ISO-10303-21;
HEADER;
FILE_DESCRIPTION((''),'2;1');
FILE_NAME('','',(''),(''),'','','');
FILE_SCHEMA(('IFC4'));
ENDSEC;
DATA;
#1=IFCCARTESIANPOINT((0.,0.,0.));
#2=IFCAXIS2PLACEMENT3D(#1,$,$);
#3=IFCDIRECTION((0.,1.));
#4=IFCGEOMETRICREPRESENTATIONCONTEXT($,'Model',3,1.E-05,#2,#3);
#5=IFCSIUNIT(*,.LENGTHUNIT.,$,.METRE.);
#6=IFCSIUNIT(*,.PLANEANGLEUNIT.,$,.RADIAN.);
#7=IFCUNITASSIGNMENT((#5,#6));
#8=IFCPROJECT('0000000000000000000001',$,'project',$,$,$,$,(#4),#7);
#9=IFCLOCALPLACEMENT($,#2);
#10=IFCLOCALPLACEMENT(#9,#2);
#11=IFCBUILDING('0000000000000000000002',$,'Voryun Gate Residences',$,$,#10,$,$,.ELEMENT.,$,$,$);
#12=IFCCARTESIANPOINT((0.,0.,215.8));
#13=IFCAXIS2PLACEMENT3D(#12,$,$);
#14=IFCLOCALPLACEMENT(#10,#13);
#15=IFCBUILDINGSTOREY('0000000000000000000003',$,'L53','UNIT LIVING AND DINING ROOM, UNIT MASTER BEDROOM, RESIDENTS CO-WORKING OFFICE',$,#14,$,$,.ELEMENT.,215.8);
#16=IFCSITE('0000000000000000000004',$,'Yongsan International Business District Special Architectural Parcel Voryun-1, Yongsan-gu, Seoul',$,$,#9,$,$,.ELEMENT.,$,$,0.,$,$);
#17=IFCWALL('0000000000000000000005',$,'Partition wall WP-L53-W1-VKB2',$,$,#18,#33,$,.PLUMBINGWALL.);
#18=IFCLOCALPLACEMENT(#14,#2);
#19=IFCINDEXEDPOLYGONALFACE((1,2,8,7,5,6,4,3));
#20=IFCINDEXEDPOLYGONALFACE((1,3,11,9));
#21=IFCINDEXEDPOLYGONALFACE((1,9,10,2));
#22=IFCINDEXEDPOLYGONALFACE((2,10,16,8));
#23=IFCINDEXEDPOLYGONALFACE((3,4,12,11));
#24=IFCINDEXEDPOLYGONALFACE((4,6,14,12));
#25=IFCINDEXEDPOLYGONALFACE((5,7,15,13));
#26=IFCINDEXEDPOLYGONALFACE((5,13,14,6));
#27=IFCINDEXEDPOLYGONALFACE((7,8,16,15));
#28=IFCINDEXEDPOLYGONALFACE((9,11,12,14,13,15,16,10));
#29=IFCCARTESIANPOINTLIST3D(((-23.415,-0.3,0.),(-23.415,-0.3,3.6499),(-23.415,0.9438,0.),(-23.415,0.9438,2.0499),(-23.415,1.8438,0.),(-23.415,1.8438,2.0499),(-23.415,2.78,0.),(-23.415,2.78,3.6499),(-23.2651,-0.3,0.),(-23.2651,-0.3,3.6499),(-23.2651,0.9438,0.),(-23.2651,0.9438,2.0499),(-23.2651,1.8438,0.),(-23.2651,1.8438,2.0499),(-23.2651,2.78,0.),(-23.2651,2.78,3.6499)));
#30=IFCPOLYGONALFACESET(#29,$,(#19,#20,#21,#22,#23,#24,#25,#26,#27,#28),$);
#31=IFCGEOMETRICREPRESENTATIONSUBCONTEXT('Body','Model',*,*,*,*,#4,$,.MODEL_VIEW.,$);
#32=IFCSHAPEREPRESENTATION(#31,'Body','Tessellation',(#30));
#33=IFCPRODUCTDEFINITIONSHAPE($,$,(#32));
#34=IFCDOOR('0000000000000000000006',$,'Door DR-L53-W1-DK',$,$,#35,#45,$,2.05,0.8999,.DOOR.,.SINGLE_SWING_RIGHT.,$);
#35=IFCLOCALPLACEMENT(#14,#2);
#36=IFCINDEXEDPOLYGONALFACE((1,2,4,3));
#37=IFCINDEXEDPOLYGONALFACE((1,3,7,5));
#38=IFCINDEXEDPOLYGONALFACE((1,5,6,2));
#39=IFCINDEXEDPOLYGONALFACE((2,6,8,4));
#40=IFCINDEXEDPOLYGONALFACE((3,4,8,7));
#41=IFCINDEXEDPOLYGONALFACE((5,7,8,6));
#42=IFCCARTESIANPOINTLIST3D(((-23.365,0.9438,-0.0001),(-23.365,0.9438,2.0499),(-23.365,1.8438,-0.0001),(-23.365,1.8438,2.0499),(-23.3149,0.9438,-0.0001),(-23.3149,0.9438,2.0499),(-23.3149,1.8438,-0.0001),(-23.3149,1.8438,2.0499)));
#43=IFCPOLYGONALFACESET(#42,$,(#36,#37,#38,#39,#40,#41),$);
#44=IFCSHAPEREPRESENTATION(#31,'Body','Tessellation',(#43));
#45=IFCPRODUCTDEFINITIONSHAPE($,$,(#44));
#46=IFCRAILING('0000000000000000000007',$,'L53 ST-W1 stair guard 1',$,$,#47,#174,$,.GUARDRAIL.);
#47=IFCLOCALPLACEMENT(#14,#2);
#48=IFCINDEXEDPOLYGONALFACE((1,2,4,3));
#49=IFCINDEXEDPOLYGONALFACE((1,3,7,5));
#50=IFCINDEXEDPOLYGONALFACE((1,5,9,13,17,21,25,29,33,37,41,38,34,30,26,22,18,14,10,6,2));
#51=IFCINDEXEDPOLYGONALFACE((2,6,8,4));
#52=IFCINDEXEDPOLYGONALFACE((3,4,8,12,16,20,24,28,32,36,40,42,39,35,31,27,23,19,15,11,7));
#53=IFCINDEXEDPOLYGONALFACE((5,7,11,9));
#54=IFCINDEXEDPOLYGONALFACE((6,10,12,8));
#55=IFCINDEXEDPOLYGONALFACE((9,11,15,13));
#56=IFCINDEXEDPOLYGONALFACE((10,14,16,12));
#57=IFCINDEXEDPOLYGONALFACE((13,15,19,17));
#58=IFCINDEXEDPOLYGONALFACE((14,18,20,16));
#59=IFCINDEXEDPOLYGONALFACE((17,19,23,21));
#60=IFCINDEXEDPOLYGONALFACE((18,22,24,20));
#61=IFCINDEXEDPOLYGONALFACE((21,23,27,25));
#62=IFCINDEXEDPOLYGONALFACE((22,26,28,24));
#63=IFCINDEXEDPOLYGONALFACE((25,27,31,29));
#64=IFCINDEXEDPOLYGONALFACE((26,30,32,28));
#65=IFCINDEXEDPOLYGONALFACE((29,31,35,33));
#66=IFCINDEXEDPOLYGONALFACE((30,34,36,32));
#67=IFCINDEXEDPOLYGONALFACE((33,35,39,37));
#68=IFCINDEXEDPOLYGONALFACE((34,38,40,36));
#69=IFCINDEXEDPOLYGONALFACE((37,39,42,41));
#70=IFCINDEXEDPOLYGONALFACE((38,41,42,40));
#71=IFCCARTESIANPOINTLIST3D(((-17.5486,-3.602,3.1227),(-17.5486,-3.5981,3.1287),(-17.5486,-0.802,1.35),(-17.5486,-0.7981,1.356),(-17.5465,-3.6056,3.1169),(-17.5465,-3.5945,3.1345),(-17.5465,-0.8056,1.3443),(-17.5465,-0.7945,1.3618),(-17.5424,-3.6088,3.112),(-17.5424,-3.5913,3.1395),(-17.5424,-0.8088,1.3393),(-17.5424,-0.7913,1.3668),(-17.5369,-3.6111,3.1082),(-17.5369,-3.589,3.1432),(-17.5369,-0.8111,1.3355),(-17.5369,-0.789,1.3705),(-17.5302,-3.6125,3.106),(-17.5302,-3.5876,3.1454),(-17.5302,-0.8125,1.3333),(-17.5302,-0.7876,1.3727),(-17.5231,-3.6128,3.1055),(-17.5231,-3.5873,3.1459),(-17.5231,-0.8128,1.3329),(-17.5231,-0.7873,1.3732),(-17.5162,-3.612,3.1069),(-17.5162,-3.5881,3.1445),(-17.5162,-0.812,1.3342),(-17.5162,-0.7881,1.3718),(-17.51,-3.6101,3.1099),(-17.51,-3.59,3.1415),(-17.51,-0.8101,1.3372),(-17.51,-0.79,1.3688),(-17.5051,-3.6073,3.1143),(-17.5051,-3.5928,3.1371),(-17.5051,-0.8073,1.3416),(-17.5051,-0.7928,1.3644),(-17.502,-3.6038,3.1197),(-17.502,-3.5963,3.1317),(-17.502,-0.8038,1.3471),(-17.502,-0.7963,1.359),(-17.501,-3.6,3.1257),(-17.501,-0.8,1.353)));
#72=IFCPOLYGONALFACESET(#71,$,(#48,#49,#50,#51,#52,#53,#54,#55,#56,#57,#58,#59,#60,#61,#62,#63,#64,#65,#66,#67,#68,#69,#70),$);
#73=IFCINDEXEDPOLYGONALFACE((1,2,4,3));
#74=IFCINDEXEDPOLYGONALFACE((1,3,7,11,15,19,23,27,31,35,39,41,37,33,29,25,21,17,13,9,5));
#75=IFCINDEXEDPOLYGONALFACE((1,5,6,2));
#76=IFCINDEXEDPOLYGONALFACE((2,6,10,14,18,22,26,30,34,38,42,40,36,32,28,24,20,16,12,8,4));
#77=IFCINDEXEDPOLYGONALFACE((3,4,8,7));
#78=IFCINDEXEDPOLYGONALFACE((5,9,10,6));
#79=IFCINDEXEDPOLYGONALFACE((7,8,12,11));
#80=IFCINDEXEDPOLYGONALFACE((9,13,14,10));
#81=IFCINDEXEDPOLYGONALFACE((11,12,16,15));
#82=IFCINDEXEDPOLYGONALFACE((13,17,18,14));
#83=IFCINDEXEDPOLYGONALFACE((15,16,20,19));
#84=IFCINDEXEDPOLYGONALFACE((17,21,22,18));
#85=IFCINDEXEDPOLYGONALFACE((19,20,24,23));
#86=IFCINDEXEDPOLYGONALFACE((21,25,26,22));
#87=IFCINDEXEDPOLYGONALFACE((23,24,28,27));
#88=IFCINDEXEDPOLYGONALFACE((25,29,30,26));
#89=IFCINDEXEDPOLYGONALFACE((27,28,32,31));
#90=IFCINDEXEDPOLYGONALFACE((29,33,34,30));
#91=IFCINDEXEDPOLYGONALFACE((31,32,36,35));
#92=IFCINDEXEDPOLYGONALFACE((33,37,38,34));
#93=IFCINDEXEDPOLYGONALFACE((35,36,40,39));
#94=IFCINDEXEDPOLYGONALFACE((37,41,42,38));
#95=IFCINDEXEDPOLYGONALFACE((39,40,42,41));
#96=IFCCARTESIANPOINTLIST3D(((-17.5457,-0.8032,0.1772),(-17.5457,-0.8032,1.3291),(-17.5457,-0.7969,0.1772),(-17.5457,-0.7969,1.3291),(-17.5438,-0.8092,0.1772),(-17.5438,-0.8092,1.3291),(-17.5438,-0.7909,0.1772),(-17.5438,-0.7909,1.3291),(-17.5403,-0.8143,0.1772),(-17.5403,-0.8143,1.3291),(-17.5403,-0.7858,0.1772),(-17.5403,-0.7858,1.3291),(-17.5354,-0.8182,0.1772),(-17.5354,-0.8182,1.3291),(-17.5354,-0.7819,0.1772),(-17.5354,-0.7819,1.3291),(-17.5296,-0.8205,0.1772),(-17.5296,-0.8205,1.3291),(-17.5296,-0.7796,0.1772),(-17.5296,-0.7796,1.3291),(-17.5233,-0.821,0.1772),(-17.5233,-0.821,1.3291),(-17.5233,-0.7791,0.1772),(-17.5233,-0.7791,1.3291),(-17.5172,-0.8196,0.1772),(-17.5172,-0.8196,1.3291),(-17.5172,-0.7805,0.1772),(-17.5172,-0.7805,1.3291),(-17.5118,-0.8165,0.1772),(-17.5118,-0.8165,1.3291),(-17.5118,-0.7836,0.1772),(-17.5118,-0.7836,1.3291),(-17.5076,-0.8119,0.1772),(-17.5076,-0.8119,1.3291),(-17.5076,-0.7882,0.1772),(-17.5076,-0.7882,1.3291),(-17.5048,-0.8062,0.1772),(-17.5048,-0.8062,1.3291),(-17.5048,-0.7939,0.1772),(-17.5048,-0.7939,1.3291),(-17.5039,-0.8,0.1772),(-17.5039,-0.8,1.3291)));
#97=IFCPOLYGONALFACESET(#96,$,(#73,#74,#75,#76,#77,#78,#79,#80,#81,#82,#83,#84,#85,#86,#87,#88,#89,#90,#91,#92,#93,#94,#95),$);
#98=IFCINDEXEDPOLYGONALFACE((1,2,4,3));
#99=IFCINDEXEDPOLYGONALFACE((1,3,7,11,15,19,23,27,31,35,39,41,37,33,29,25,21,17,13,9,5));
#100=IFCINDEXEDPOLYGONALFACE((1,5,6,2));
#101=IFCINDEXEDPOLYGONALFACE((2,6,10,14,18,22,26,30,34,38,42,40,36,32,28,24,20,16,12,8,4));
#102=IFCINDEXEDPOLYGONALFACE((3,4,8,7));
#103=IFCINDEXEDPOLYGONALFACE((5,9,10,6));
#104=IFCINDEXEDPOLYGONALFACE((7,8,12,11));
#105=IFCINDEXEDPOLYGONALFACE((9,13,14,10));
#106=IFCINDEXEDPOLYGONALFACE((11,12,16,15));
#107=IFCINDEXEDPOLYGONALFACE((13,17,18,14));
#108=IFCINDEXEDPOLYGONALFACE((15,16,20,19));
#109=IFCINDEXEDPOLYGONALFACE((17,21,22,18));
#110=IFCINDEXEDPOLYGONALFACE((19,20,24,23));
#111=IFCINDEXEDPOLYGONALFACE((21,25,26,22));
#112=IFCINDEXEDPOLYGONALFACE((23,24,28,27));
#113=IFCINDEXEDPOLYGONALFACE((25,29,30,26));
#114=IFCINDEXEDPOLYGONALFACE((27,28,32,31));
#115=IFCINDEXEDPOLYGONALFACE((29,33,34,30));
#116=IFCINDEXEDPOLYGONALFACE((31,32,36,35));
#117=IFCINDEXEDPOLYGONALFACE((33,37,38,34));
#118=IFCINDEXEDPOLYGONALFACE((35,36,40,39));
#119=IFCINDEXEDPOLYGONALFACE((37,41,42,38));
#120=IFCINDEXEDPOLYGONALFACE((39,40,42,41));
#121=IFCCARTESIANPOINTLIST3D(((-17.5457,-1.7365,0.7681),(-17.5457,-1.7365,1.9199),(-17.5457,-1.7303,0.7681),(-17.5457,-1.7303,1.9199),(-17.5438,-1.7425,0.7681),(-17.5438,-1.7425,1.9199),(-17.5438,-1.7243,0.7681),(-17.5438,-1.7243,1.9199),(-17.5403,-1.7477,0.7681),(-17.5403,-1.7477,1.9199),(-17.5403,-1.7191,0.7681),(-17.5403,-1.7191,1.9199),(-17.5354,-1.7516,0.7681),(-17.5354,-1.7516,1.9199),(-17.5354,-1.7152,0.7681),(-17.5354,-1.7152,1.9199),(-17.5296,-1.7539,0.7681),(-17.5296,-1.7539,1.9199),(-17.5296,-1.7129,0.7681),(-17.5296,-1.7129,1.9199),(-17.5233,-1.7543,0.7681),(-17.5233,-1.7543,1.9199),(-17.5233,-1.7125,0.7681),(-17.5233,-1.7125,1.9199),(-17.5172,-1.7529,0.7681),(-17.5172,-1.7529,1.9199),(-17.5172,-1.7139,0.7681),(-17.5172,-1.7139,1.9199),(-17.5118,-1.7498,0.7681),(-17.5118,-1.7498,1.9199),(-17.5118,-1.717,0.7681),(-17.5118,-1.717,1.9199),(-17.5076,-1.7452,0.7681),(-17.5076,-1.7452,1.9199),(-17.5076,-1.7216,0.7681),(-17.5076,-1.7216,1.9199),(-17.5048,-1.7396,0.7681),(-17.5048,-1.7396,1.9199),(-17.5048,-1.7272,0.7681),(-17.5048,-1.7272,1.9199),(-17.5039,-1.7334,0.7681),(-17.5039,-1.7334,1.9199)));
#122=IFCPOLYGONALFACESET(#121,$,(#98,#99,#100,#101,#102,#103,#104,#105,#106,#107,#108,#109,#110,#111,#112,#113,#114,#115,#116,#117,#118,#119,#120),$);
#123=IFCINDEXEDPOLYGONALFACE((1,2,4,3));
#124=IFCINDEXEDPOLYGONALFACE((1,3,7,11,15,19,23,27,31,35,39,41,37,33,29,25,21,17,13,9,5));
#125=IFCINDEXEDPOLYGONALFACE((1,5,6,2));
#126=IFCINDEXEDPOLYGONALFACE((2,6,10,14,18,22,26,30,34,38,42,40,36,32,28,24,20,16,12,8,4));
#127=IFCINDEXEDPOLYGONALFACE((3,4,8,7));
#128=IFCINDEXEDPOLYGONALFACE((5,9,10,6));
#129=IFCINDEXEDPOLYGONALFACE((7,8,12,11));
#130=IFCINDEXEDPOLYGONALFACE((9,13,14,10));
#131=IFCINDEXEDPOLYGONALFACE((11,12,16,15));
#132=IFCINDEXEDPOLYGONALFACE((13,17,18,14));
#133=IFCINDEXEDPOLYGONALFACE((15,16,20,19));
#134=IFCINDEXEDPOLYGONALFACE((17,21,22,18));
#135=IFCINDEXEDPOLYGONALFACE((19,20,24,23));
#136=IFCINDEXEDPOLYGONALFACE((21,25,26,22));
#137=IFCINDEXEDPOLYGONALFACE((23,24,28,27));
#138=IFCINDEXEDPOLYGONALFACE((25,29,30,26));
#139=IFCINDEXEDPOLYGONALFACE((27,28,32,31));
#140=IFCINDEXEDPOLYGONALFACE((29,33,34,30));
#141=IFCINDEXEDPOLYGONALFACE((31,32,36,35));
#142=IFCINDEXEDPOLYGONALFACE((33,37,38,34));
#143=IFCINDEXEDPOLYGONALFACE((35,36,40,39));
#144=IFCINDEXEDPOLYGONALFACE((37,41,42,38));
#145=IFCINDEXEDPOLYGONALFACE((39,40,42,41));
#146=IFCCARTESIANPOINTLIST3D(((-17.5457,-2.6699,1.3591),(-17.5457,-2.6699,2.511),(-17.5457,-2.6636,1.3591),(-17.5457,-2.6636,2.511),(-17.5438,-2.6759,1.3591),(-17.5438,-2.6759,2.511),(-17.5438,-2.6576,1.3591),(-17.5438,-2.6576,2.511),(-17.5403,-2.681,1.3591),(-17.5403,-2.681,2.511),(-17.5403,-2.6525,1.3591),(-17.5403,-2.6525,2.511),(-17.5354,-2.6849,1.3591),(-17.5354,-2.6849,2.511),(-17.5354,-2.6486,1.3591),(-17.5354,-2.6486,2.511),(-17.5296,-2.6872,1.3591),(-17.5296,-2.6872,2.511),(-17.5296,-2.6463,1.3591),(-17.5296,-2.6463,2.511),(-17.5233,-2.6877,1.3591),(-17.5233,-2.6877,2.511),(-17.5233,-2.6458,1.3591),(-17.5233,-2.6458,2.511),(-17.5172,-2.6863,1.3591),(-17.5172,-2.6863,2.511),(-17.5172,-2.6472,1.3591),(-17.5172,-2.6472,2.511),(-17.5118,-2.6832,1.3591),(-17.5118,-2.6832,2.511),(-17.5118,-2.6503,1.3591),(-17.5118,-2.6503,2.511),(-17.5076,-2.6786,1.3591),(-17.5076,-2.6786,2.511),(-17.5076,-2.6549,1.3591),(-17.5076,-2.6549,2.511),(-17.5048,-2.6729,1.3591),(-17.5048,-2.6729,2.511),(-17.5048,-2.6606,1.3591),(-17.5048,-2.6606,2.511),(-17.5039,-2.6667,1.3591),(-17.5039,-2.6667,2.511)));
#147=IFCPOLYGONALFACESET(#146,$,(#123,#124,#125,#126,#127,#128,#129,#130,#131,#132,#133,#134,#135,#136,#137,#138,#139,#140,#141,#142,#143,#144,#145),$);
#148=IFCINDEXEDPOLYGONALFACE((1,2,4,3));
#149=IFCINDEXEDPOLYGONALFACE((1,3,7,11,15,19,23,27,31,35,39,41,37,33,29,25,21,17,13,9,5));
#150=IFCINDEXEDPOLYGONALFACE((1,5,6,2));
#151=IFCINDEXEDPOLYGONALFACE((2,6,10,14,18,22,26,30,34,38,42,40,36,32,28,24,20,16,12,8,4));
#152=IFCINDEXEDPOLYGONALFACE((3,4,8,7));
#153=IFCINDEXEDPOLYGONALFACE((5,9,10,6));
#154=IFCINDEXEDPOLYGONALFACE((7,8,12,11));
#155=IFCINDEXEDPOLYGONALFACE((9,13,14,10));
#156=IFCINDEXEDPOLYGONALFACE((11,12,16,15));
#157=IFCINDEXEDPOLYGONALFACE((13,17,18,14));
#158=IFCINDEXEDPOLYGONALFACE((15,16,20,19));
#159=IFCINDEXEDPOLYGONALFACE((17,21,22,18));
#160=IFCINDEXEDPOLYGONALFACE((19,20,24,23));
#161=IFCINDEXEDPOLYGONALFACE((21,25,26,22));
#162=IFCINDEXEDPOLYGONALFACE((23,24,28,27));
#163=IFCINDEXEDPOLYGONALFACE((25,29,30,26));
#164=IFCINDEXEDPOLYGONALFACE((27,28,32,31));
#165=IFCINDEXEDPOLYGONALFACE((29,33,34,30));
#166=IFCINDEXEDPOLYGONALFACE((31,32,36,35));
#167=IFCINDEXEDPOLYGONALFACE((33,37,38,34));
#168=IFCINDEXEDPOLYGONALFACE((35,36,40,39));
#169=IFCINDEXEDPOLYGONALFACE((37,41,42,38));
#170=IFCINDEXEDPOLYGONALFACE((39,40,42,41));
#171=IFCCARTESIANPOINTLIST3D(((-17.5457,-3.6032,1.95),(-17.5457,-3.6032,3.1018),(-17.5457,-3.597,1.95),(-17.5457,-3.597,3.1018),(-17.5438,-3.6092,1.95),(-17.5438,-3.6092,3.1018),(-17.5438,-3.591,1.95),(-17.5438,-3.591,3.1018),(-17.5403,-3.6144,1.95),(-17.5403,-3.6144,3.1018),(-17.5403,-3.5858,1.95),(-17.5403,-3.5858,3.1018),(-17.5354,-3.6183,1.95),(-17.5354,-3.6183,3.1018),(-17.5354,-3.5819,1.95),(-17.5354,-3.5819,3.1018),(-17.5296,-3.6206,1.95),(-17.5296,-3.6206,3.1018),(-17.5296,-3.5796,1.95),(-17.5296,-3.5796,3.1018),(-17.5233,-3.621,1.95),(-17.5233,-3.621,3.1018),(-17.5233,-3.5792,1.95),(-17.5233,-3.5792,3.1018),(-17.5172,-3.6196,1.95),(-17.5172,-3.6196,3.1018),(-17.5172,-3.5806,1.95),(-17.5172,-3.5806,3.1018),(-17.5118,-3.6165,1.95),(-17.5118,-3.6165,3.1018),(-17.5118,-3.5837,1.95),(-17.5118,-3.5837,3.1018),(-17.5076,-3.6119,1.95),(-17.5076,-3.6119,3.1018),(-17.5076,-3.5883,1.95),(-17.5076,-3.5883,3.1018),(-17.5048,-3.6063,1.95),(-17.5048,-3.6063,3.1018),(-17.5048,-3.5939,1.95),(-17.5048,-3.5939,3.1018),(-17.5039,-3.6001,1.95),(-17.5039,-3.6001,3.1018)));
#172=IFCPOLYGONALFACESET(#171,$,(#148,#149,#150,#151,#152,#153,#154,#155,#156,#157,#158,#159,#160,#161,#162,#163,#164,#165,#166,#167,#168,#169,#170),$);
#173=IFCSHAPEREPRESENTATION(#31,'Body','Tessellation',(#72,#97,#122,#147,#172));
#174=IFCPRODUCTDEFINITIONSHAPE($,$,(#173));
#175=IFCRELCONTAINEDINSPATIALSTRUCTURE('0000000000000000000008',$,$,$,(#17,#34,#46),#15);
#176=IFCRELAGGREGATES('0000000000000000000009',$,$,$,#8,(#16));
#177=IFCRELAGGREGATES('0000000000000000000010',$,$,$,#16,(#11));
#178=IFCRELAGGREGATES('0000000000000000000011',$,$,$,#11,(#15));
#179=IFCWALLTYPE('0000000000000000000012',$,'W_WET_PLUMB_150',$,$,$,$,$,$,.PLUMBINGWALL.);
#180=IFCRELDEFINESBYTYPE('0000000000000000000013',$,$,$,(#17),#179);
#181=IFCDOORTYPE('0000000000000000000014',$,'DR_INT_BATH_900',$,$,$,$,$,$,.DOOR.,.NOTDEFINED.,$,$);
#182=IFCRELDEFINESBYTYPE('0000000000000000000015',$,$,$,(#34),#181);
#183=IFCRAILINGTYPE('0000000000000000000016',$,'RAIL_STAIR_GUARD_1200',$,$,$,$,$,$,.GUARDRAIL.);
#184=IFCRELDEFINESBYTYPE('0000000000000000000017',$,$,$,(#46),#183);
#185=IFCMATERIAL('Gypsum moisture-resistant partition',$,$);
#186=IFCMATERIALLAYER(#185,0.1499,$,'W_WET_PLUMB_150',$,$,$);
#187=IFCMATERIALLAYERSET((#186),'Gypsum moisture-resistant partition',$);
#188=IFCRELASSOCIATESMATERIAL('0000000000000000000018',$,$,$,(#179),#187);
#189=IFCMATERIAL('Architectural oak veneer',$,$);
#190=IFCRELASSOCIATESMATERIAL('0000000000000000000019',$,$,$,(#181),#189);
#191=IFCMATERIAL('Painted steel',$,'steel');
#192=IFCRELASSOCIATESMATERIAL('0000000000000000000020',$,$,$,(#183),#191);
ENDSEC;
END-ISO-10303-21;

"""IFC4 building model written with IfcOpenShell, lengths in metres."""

from ifc_helpers import new_model, si_unit, direction, frame, frame_2d, origin, origin_2d, place, context, subcontext, project, spatial, rectangle, circle, extrude, material, layer, layer_set, type_object, element, fill, save


model = new_model("IFC4")

# Units and contexts
model_context = context("Model", 3, precision=1e-05, world=origin(), true_north=direction((0.0, 1.0)))
body_context = subcontext(model_context, "Body", "Model", "MODEL_VIEW")
ifc_project = project(units=[si_unit("LENGTHUNIT", "METRE"), si_unit("PLANEANGLEUNIT", "RADIAN")], contexts=[model_context])

# Site, building, storey
site_placement = place(None, origin())
site = spatial("IfcSite", under=ifc_project, at=site_placement, Name="Yongsan International Business District Special Architectural Parcel Voryun-1, Yongsan-gu, Seoul", CompositionType="ELEMENT", RefElevation=0.0)
building_placement = place(site_placement, origin())
building = spatial("IfcBuilding", under=site, at=building_placement, Name="Voryun Gate Residences", CompositionType="ELEMENT")
storey_placement = place(building_placement, frame((0.0, 0.0, 215.8)))
storey = spatial("IfcBuildingStorey", under=building, at=storey_placement, Name="L53", Description="UNIT LIVING AND DINING ROOM, UNIT MASTER BEDROOM, RESIDENTS CO-WORKING OFFICE", CompositionType="ELEMENT", Elevation=215.8)

# Shared definitions
ifc_material_1 = material(Name="Gypsum moisture-resistant partition")
ifc_layer_1 = layer(ifc_material_1, 0.1499, Name="W_WET_PLUMB_150")
ifc_layer_set_1 = layer_set([ifc_layer_1], Name="Gypsum moisture-resistant partition")
wall_type_1 = type_object("IfcWallType", Name="W_WET_PLUMB_150", PredefinedType="PLUMBINGWALL", material=ifc_layer_set_1)

# Wall, opening, door
wall_1_placement = place(storey_placement, frame((-23.3401, -0.3, 0.0), z_axis=(0.0, 0.0, 1.0), x_axis=(0.0, 1.0, 0.0)))
wall_1 = element("IfcWall", 1, at=wall_1_placement, inside=storey, type_object=wall_type_1, Name="Partition wall WP-L53-W1-VKB2", PredefinedType="PLUMBINGWALL", context=body_context, shape_type="SweptSolid", body=[
    extrude(rectangle(XDim=3.0801, YDim=0.1499, at=frame_2d((1.54, 0.0))), origin(), (0.0, 0.0, 1.0), 3.6499),
])
opening_1_placement = place(wall_1_placement, frame((1.2439, 0.0, 0.0)))
opening_1 = element("IfcOpeningElement", 2, at=opening_1_placement, cuts=wall_1, PredefinedType="OPENING", context=body_context, shape_type="SweptSolid", body=[
    extrude(rectangle(XDim=0.8999, YDim=2.05, at=frame_2d((0.45, 1.0249))), frame((0.0, 0.085, 0.0), z_axis=(0.0, -1.0, 0.0), x_axis=(1.0, 0.0, 0.0)), (0.0, 0.0, 1.0), 0.1699),
])
ifc_material_2 = material(Name="Architectural oak veneer")
door_type_1 = type_object("IfcDoorType", Name="DR_INT_BATH_900", OperationType="NOTDEFINED", PredefinedType="DOOR", material=ifc_material_2)
door_1_placement = place(opening_1_placement, origin())
door_1 = element("IfcDoor", 3, at=door_1_placement, inside=storey, type_object=door_type_1, Name="Door DR-L53-W1-DK", OperationType="SINGLE_SWING_RIGHT", OverallHeight=2.05, OverallWidth=0.8999, PredefinedType="DOOR", context=body_context, shape_type="SweptSolid", body=[
    extrude(rectangle(XDim=0.8999, YDim=2.05, at=frame_2d((0.45, 1.0249))), frame((0.0, 0.0249, 0.0), z_axis=(0.0, -1.0, 0.0), x_axis=(1.0, 0.0, 0.0)), (0.0, 0.0, 1.0), 0.05),
])
fill(opening_1, door_1)

# Railing
ifc_material_3 = material(Name="Painted steel", Category="steel")
railing_type = type_object("IfcRailingType", Name="RAIL_STAIR_GUARD_1200", PredefinedType="GUARDRAIL", material=ifc_material_3)
railing_1_placement = place(storey_placement, frame((-17.5249, -0.8, 0.1772)))
element("IfcRailing", 4, at=railing_1_placement, inside=storey, type_object=railing_type, Name="L53 ST-W1 stair guard 1", PredefinedType="GUARDRAIL", context=body_context, shape_type="SweptSolid", body=[
    extrude(circle(Radius=0.0239, at=origin_2d()), frame((0.0, 0.0, 1.1758), z_axis=(0.0, -0.844909, 0.53491), x_axis=(1.0, 0.0, 0.0)), (0.0, 0.0, 1.0), 3.314),
    extrude(circle(Radius=0.021, at=origin_2d()), origin(), (0.0, 0.0, 1.0), 1.1519),
    extrude(circle(Radius=0.021, at=origin_2d()), frame((0.0, -0.9333, 0.5908)), (0.0, 0.0, 1.0), 1.1519),
    extrude(circle(Radius=0.021, at=origin_2d()), frame((0.0, -1.8667, 1.1819)), (0.0, 0.0, 1.0), 1.1519),
    extrude(circle(Radius=0.021, at=origin_2d()), frame((0.0, -2.8, 1.7727)), (0.0, 0.0, 1.0), 1.1519),
])

save(model, "model.ifc")
